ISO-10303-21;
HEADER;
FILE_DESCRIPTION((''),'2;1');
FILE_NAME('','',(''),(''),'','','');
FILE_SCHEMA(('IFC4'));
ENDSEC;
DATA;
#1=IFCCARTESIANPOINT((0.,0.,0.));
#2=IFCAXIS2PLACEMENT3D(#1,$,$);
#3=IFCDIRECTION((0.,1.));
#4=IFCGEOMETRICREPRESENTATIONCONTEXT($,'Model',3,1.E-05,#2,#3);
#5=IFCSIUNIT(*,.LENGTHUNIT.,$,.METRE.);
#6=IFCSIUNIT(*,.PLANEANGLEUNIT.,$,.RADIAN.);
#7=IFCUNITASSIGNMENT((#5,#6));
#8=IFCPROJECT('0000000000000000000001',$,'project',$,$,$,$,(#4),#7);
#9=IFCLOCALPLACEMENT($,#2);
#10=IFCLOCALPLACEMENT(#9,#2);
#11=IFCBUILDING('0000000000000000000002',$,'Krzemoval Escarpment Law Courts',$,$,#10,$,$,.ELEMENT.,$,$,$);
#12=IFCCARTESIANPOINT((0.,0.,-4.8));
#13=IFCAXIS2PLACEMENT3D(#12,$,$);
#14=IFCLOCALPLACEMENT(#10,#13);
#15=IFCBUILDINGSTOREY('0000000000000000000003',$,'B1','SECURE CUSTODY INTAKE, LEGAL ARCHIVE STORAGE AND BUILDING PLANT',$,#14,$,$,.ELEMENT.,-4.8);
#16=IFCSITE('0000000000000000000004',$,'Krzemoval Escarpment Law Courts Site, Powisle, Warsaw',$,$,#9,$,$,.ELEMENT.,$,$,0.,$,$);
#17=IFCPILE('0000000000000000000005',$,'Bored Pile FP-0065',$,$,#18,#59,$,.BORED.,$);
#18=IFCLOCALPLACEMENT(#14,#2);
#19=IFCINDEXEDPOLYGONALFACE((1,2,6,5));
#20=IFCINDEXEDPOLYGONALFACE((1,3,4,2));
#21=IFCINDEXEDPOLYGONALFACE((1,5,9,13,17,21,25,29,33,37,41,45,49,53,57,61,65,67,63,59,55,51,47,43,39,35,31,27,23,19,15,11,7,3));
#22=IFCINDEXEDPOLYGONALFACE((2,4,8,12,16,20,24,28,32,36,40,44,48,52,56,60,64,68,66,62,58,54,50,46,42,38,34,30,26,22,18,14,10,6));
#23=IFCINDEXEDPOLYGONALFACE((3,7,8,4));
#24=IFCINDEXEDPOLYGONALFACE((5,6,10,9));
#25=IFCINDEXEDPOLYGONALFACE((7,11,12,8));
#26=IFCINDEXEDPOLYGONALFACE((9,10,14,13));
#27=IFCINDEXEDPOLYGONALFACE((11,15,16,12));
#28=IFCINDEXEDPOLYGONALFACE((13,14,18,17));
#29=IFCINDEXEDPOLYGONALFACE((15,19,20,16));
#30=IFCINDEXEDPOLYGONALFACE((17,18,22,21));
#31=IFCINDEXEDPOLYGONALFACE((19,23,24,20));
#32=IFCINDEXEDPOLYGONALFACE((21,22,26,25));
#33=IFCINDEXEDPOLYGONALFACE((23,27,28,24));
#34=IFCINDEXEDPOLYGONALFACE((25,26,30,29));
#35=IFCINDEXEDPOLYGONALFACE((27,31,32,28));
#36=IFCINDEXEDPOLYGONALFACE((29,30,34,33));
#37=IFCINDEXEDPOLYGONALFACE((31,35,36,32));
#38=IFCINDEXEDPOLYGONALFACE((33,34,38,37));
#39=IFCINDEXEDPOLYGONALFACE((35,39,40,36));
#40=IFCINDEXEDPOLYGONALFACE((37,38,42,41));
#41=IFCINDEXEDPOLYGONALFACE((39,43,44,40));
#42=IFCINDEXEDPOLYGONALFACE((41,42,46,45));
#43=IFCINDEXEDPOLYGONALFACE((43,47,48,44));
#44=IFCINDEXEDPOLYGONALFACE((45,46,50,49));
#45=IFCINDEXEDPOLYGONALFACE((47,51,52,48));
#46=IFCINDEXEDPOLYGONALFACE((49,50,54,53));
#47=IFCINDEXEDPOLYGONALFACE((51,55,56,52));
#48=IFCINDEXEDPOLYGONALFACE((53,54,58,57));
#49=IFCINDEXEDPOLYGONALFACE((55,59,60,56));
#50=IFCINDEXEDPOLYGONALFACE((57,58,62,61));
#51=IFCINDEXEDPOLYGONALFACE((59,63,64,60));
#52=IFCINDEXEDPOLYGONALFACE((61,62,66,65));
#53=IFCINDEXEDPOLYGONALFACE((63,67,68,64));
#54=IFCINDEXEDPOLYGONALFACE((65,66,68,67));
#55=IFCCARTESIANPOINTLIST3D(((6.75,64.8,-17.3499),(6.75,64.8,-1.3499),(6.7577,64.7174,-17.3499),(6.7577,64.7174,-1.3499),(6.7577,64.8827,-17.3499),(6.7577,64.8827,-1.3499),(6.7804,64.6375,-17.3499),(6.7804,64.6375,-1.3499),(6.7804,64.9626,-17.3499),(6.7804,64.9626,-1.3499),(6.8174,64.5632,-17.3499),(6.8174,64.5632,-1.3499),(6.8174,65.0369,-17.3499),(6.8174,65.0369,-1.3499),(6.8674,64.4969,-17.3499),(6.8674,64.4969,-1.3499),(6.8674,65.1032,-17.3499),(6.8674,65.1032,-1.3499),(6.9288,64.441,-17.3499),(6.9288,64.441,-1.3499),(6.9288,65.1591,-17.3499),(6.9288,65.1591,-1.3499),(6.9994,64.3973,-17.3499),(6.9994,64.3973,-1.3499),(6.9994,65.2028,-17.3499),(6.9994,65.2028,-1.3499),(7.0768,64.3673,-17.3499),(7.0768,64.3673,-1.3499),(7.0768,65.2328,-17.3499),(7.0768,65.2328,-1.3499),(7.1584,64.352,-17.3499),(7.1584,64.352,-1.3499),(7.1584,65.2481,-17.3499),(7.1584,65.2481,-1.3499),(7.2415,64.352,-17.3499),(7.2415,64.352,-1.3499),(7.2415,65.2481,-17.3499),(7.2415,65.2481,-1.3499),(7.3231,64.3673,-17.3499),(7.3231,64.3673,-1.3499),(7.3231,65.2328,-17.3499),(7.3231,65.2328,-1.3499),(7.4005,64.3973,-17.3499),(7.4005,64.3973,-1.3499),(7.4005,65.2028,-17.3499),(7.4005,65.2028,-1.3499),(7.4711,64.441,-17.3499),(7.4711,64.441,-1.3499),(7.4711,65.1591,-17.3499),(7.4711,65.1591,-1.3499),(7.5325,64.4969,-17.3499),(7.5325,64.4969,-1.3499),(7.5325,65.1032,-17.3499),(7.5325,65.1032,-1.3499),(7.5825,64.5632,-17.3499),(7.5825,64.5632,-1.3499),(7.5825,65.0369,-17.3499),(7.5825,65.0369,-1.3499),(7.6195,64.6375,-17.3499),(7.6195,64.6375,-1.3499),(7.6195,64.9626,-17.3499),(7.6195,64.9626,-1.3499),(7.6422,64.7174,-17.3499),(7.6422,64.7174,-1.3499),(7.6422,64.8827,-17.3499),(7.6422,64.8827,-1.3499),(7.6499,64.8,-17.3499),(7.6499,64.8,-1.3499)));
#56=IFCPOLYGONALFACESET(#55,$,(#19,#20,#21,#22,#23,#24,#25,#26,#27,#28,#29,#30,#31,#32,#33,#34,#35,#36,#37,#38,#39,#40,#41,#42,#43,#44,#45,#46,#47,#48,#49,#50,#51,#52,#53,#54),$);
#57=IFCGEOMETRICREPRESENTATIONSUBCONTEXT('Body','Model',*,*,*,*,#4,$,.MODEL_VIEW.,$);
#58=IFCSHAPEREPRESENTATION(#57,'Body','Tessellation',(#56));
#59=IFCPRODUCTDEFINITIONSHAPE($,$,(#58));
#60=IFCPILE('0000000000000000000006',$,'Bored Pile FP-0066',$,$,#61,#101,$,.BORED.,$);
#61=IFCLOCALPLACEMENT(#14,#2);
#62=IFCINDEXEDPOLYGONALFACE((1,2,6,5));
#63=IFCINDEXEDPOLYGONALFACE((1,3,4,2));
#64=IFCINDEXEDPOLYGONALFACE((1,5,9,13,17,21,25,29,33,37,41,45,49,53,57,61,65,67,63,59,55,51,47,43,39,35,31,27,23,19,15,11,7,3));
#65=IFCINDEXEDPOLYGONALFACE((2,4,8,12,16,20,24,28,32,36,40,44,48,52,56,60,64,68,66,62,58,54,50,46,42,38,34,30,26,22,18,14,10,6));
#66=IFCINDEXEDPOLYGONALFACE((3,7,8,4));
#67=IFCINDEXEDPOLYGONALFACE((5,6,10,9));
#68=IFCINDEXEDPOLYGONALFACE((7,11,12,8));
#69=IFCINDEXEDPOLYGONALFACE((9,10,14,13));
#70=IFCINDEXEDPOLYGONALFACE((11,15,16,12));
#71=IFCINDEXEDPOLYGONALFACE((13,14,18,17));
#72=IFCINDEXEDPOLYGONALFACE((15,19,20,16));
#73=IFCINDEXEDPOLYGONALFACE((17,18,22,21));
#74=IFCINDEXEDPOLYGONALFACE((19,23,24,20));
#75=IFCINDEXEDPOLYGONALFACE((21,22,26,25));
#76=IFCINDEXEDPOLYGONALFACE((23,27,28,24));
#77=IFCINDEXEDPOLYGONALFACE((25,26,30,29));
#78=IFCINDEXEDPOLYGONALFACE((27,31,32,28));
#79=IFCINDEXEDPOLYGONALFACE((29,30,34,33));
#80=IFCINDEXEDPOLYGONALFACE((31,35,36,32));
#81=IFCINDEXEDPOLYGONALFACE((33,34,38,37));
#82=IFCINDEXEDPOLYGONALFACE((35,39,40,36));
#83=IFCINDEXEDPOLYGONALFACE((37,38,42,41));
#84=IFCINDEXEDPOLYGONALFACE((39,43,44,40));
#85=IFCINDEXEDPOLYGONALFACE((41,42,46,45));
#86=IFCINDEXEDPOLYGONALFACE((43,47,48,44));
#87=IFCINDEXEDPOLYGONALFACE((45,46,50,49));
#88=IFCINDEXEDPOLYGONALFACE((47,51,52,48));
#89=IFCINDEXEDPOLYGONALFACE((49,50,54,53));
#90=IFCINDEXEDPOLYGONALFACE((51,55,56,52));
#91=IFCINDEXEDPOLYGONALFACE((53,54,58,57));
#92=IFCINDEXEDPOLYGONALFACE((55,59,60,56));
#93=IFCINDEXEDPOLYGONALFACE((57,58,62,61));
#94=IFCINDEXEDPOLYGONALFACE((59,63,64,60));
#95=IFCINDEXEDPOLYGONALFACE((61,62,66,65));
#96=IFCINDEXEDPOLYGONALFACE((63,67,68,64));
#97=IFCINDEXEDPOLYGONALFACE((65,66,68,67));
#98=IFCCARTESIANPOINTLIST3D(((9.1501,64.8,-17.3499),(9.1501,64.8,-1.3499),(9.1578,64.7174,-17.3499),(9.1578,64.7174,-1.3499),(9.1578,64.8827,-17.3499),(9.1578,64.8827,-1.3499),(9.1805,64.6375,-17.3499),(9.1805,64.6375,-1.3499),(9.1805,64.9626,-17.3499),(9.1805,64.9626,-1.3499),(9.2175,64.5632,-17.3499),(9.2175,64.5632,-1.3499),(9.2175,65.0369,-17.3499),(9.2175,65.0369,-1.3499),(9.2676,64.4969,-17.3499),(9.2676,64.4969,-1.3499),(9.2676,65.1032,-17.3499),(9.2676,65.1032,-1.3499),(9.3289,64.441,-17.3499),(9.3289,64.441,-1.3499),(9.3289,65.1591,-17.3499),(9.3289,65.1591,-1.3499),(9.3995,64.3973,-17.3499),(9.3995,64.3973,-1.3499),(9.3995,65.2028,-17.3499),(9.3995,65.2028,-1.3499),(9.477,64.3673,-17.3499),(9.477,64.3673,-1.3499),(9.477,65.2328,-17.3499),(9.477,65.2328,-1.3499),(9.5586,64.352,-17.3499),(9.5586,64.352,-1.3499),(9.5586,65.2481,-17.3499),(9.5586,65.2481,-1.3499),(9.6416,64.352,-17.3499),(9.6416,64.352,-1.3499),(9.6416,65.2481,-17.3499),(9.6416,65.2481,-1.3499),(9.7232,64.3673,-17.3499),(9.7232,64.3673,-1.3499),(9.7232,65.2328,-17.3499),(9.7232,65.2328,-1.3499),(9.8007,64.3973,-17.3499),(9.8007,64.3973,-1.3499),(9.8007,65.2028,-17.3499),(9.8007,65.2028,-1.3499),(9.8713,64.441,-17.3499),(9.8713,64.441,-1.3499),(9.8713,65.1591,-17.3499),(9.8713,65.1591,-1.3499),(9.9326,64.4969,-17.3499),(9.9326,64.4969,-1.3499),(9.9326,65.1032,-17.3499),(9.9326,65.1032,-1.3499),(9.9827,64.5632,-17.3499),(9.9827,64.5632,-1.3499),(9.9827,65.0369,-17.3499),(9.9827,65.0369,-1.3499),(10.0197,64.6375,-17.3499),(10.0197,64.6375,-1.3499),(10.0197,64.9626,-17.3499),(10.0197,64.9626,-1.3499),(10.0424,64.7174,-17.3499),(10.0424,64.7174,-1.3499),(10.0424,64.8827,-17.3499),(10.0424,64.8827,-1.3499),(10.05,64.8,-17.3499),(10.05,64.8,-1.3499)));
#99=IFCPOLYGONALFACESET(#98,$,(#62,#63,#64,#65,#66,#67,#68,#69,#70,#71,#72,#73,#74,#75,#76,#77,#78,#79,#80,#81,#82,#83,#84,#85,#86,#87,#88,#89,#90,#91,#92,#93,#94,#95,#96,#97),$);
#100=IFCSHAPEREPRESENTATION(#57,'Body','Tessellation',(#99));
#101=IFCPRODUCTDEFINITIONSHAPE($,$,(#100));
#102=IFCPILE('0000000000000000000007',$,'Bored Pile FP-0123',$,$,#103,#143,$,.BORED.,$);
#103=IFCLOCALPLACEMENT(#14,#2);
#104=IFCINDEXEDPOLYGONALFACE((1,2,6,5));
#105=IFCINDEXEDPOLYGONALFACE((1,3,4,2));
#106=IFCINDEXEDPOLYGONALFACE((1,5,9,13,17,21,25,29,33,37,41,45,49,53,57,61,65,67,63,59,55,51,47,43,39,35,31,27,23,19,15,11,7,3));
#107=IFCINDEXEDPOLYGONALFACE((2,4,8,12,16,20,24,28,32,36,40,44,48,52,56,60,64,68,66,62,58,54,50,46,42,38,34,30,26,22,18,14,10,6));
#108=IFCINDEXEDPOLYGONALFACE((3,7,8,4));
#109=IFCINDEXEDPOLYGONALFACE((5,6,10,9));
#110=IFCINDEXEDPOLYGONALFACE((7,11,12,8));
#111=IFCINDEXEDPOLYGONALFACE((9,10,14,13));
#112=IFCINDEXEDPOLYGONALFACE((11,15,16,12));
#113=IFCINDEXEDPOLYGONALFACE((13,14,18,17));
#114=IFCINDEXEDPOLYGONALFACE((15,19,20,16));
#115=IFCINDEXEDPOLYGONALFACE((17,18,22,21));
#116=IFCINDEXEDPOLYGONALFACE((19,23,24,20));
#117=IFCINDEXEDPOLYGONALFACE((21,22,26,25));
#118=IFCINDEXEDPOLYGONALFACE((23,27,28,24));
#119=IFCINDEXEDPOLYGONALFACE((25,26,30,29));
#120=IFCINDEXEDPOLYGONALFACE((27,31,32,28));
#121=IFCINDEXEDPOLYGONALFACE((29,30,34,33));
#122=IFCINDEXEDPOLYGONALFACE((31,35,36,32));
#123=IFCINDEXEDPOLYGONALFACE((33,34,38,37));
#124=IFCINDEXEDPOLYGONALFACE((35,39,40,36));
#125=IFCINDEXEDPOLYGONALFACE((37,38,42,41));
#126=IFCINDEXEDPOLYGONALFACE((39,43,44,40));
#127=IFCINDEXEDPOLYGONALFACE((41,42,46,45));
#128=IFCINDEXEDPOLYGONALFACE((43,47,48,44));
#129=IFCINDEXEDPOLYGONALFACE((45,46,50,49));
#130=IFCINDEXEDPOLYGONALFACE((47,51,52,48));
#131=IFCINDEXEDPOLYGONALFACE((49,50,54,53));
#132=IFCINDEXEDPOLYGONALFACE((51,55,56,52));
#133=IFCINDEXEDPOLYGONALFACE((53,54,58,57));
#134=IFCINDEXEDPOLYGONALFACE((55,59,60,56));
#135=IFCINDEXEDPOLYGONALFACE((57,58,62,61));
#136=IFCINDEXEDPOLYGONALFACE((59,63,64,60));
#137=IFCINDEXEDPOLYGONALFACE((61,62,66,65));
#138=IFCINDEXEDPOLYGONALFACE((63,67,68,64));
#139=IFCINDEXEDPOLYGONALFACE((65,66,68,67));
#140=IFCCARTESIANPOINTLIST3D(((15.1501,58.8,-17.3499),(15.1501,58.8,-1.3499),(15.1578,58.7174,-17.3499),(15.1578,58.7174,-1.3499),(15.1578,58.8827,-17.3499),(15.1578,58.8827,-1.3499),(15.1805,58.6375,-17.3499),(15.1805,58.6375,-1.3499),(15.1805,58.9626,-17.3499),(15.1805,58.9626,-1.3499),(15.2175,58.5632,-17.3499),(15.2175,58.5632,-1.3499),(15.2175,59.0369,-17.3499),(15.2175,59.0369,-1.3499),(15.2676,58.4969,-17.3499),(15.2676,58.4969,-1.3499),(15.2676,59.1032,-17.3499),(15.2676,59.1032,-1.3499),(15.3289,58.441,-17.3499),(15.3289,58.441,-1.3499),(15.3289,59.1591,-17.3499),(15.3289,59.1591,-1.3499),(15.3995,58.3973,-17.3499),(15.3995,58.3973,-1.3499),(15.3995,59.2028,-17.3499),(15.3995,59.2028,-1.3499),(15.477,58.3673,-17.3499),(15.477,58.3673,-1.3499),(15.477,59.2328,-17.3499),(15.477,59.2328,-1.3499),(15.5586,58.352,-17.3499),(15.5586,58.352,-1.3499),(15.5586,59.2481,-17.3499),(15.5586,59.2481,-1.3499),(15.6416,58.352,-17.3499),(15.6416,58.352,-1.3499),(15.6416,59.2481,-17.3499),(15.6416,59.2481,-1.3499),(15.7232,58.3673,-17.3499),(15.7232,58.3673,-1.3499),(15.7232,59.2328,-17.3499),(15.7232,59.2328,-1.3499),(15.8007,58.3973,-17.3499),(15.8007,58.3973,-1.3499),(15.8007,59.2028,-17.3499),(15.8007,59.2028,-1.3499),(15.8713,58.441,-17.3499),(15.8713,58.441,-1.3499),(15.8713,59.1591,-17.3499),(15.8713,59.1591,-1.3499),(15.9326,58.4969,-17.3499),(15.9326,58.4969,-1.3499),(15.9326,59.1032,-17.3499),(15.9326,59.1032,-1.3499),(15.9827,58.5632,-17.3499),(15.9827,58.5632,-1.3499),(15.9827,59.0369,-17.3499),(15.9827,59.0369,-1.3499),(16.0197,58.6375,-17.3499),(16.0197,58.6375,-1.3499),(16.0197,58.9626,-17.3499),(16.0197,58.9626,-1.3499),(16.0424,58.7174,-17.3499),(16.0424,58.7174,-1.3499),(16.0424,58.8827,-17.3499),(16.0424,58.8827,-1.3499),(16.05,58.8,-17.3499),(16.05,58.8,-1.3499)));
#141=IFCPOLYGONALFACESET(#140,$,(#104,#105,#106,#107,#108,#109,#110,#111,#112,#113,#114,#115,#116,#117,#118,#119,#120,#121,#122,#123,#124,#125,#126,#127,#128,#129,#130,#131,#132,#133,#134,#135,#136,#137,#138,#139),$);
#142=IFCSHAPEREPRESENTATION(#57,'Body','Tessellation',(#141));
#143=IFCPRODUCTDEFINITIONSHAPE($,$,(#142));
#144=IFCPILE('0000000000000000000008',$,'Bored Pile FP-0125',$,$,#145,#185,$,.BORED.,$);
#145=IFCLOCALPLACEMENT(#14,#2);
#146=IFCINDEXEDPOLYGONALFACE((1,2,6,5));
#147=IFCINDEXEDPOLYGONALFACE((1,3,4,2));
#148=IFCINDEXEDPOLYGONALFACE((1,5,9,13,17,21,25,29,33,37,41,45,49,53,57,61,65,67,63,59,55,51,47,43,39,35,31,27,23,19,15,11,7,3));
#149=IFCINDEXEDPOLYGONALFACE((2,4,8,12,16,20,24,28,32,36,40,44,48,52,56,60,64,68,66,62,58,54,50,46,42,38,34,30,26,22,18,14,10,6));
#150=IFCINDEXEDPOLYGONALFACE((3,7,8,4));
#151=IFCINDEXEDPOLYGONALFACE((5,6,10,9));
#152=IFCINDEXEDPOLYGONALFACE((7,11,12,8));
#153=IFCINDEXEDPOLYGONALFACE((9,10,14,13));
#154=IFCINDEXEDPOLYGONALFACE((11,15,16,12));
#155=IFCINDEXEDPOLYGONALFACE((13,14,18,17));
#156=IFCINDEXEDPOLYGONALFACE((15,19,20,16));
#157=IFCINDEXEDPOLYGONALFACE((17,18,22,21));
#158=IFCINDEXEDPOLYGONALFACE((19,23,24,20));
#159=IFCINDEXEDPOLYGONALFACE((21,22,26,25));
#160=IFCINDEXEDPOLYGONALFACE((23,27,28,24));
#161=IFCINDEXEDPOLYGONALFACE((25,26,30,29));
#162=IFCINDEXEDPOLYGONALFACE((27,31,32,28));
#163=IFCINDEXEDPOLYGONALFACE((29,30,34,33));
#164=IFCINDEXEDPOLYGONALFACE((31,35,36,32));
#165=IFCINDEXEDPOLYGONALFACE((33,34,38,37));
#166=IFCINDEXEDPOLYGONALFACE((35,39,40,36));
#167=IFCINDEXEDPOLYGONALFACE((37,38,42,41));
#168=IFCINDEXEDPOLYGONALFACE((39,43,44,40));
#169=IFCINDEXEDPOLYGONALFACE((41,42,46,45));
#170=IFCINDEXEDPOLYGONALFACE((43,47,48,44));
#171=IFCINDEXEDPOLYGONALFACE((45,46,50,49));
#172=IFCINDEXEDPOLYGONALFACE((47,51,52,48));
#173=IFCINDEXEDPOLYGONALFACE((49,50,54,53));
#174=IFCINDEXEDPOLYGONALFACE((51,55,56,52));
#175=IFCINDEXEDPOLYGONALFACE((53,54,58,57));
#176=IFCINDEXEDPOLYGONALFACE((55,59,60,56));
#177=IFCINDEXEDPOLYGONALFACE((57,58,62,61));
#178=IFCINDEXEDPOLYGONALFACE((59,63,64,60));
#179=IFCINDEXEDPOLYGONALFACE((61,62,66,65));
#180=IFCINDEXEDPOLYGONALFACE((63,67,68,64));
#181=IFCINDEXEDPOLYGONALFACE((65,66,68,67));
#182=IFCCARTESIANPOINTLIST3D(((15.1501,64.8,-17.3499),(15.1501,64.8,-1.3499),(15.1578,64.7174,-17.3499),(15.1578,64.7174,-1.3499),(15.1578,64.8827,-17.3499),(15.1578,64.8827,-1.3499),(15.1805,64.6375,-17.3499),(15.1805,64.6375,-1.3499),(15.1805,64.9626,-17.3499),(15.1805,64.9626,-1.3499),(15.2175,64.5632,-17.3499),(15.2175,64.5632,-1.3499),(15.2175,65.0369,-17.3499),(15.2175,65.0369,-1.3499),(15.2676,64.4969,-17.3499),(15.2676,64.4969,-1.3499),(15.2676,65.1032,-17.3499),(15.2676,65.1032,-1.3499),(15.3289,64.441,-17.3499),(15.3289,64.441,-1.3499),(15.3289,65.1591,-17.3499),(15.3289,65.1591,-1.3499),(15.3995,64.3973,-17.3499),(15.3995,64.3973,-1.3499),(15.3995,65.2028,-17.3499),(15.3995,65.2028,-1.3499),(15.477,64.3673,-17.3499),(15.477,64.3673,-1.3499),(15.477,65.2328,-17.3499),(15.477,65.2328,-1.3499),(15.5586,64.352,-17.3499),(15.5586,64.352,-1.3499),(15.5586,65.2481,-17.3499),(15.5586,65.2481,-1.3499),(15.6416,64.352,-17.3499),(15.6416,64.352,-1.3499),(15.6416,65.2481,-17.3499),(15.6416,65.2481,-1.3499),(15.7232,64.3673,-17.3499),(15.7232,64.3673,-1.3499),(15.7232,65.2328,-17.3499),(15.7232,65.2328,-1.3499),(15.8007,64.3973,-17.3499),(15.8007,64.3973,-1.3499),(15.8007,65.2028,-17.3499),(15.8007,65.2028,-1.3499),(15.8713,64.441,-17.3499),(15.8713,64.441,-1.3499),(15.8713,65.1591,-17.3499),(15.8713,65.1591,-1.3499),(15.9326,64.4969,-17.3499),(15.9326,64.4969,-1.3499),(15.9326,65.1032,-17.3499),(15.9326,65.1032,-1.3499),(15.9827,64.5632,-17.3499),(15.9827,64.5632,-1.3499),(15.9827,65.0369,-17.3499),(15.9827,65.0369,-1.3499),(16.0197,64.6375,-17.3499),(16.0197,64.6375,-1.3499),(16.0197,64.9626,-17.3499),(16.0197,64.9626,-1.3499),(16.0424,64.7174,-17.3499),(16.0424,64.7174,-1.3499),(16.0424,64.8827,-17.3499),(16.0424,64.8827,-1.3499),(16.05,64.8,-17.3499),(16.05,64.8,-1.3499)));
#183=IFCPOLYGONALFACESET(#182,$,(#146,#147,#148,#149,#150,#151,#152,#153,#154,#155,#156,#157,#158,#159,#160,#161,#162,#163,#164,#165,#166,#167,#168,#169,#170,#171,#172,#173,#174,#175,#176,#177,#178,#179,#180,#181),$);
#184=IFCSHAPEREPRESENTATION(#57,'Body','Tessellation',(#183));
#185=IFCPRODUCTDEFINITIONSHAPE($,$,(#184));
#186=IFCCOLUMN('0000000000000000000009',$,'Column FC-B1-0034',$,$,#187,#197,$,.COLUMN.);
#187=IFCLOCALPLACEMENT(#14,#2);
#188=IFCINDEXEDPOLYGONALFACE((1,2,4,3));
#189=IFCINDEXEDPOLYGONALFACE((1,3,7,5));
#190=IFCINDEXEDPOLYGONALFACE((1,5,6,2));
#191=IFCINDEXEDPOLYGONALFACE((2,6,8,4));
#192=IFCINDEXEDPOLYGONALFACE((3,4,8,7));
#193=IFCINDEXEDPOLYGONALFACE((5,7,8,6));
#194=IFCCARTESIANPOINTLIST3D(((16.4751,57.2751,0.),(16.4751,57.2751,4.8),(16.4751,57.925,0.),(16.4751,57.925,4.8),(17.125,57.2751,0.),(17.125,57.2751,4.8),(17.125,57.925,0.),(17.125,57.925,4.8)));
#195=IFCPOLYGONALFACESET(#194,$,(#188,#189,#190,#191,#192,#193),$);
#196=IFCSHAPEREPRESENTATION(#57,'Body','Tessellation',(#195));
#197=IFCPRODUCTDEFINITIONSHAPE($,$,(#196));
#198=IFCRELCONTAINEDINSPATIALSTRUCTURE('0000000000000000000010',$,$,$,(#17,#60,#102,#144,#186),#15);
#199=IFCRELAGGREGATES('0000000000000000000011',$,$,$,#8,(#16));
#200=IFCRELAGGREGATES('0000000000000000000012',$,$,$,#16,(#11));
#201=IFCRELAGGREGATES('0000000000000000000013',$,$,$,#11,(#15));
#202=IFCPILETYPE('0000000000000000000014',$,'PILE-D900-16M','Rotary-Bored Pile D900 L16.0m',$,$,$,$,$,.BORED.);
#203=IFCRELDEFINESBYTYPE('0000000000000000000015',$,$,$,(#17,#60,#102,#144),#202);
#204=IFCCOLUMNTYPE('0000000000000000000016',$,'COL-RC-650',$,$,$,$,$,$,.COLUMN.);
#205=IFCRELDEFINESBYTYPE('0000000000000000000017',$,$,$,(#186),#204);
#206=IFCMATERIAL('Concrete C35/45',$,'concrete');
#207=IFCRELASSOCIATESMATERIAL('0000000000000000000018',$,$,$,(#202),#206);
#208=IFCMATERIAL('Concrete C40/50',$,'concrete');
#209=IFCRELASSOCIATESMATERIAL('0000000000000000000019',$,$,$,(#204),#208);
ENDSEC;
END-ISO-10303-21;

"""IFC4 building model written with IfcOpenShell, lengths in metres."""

from ifc_helpers import new_model, si_unit, direction, frame, origin, origin_2d, place, context, subcontext, project, spatial, rectangle, circle, extrude, material, material_profile, profile_set, type_object, element, save


model = new_model("IFC4")

# Units and contexts
model_context = context("Model", 3, precision=1e-05, world=origin(), true_north=direction((0.0, 1.0)))
body_context = subcontext(model_context, "Body", "Model", "MODEL_VIEW")
ifc_project = project(units=[si_unit("LENGTHUNIT", "METRE"), si_unit("PLANEANGLEUNIT", "RADIAN")], contexts=[model_context])

# Site, building, storey
site_placement = place(None, origin())
site = spatial("IfcSite", under=ifc_project, at=site_placement, Name="Krzemoval Escarpment Law Courts Site, Powisle, Warsaw", CompositionType="ELEMENT", RefElevation=0.0)
building_placement = place(site_placement, origin())
building = spatial("IfcBuilding", under=site, at=building_placement, Name="Krzemoval Escarpment Law Courts", CompositionType="ELEMENT")
storey_placement = place(building_placement, frame((0.0, 0.0, -4.8)))
storey = spatial("IfcBuildingStorey", under=building, at=storey_placement, Name="B1", Description="SECURE CUSTODY INTAKE, LEGAL ARCHIVE STORAGE AND BUILDING PLANT", CompositionType="ELEMENT", Elevation=-4.8)

# Piles
ifc_material_1 = material(Name="Concrete C35/45", Category="concrete")
ifc_material_profile_1 = material_profile(ifc_material_1, circle(Radius=0.45, at=origin_2d()), Name="PILE D900")
ifc_profile_set_1 = profile_set([ifc_material_profile_1], Name="Concrete C35/45")
pile_type = type_object("IfcPileType", Name="PILE-D900-16M", Description="Rotary-Bored Pile D900 L16.0m", PredefinedType="BORED", material=ifc_profile_set_1)
for number, where, z_axis, x_axis, name in (
    (1, (7.2, 64.8, -1.3499), (0.0, 0.0, -1.0), (1.0, 0.0, 0.0), "Bored Pile FP-0065"),
    (2, (9.6001, 64.8, -1.3499), (0.0, 0.0, -1.0), (1.0, 0.0, 0.0), "Bored Pile FP-0066"),
    (3, (15.6001, 58.8, -1.3499), (0.0, 0.0, -1.0), (1.0, 0.0, 0.0), "Bored Pile FP-0123"),
    (4, (15.6001, 64.8, -1.3499), (0.0, 0.0, -1.0), (1.0, 0.0, 0.0), "Bored Pile FP-0125"),
):
    element("IfcPile", number, at=place(storey_placement, frame(where, z_axis=z_axis, x_axis=x_axis)), inside=storey, type_object=pile_type, Name=name, PredefinedType="BORED", context=body_context, shape_type="SweptSolid", body=[
        extrude(circle(Radius=0.45, at=origin_2d()), origin(), (0.0, 0.0, 1.0), 16.0),
    ])

# Column
ifc_material_2 = material(Name="Concrete C40/50", Category="concrete")
ifc_material_profile_2 = material_profile(ifc_material_2, rectangle(XDim=0.6499, YDim=0.6499, at=origin_2d()), Name="RC 650x650")
ifc_profile_set_2 = profile_set([ifc_material_profile_2], Name="Concrete C40/50")
column_type_1 = type_object("IfcColumnType", Name="COL-RC-650", PredefinedType="COLUMN", material=ifc_profile_set_2)
column_placement = place(storey_placement, frame((16.8, 57.6001, 0.0), z_axis=(0.0, 0.0, 1.0), x_axis=(1.0, 0.0, 0.0)))
element("IfcColumn", 5, at=column_placement, inside=storey, type_object=column_type_1, Name="Column FC-B1-0034", PredefinedType="COLUMN", context=body_context, shape_type="SweptSolid", body=[
    extrude(rectangle(XDim=0.6499, YDim=0.6499, at=origin_2d()), origin(), (0.0, 0.0, 1.0), 4.8),
])

save(model, "model.ifc")
